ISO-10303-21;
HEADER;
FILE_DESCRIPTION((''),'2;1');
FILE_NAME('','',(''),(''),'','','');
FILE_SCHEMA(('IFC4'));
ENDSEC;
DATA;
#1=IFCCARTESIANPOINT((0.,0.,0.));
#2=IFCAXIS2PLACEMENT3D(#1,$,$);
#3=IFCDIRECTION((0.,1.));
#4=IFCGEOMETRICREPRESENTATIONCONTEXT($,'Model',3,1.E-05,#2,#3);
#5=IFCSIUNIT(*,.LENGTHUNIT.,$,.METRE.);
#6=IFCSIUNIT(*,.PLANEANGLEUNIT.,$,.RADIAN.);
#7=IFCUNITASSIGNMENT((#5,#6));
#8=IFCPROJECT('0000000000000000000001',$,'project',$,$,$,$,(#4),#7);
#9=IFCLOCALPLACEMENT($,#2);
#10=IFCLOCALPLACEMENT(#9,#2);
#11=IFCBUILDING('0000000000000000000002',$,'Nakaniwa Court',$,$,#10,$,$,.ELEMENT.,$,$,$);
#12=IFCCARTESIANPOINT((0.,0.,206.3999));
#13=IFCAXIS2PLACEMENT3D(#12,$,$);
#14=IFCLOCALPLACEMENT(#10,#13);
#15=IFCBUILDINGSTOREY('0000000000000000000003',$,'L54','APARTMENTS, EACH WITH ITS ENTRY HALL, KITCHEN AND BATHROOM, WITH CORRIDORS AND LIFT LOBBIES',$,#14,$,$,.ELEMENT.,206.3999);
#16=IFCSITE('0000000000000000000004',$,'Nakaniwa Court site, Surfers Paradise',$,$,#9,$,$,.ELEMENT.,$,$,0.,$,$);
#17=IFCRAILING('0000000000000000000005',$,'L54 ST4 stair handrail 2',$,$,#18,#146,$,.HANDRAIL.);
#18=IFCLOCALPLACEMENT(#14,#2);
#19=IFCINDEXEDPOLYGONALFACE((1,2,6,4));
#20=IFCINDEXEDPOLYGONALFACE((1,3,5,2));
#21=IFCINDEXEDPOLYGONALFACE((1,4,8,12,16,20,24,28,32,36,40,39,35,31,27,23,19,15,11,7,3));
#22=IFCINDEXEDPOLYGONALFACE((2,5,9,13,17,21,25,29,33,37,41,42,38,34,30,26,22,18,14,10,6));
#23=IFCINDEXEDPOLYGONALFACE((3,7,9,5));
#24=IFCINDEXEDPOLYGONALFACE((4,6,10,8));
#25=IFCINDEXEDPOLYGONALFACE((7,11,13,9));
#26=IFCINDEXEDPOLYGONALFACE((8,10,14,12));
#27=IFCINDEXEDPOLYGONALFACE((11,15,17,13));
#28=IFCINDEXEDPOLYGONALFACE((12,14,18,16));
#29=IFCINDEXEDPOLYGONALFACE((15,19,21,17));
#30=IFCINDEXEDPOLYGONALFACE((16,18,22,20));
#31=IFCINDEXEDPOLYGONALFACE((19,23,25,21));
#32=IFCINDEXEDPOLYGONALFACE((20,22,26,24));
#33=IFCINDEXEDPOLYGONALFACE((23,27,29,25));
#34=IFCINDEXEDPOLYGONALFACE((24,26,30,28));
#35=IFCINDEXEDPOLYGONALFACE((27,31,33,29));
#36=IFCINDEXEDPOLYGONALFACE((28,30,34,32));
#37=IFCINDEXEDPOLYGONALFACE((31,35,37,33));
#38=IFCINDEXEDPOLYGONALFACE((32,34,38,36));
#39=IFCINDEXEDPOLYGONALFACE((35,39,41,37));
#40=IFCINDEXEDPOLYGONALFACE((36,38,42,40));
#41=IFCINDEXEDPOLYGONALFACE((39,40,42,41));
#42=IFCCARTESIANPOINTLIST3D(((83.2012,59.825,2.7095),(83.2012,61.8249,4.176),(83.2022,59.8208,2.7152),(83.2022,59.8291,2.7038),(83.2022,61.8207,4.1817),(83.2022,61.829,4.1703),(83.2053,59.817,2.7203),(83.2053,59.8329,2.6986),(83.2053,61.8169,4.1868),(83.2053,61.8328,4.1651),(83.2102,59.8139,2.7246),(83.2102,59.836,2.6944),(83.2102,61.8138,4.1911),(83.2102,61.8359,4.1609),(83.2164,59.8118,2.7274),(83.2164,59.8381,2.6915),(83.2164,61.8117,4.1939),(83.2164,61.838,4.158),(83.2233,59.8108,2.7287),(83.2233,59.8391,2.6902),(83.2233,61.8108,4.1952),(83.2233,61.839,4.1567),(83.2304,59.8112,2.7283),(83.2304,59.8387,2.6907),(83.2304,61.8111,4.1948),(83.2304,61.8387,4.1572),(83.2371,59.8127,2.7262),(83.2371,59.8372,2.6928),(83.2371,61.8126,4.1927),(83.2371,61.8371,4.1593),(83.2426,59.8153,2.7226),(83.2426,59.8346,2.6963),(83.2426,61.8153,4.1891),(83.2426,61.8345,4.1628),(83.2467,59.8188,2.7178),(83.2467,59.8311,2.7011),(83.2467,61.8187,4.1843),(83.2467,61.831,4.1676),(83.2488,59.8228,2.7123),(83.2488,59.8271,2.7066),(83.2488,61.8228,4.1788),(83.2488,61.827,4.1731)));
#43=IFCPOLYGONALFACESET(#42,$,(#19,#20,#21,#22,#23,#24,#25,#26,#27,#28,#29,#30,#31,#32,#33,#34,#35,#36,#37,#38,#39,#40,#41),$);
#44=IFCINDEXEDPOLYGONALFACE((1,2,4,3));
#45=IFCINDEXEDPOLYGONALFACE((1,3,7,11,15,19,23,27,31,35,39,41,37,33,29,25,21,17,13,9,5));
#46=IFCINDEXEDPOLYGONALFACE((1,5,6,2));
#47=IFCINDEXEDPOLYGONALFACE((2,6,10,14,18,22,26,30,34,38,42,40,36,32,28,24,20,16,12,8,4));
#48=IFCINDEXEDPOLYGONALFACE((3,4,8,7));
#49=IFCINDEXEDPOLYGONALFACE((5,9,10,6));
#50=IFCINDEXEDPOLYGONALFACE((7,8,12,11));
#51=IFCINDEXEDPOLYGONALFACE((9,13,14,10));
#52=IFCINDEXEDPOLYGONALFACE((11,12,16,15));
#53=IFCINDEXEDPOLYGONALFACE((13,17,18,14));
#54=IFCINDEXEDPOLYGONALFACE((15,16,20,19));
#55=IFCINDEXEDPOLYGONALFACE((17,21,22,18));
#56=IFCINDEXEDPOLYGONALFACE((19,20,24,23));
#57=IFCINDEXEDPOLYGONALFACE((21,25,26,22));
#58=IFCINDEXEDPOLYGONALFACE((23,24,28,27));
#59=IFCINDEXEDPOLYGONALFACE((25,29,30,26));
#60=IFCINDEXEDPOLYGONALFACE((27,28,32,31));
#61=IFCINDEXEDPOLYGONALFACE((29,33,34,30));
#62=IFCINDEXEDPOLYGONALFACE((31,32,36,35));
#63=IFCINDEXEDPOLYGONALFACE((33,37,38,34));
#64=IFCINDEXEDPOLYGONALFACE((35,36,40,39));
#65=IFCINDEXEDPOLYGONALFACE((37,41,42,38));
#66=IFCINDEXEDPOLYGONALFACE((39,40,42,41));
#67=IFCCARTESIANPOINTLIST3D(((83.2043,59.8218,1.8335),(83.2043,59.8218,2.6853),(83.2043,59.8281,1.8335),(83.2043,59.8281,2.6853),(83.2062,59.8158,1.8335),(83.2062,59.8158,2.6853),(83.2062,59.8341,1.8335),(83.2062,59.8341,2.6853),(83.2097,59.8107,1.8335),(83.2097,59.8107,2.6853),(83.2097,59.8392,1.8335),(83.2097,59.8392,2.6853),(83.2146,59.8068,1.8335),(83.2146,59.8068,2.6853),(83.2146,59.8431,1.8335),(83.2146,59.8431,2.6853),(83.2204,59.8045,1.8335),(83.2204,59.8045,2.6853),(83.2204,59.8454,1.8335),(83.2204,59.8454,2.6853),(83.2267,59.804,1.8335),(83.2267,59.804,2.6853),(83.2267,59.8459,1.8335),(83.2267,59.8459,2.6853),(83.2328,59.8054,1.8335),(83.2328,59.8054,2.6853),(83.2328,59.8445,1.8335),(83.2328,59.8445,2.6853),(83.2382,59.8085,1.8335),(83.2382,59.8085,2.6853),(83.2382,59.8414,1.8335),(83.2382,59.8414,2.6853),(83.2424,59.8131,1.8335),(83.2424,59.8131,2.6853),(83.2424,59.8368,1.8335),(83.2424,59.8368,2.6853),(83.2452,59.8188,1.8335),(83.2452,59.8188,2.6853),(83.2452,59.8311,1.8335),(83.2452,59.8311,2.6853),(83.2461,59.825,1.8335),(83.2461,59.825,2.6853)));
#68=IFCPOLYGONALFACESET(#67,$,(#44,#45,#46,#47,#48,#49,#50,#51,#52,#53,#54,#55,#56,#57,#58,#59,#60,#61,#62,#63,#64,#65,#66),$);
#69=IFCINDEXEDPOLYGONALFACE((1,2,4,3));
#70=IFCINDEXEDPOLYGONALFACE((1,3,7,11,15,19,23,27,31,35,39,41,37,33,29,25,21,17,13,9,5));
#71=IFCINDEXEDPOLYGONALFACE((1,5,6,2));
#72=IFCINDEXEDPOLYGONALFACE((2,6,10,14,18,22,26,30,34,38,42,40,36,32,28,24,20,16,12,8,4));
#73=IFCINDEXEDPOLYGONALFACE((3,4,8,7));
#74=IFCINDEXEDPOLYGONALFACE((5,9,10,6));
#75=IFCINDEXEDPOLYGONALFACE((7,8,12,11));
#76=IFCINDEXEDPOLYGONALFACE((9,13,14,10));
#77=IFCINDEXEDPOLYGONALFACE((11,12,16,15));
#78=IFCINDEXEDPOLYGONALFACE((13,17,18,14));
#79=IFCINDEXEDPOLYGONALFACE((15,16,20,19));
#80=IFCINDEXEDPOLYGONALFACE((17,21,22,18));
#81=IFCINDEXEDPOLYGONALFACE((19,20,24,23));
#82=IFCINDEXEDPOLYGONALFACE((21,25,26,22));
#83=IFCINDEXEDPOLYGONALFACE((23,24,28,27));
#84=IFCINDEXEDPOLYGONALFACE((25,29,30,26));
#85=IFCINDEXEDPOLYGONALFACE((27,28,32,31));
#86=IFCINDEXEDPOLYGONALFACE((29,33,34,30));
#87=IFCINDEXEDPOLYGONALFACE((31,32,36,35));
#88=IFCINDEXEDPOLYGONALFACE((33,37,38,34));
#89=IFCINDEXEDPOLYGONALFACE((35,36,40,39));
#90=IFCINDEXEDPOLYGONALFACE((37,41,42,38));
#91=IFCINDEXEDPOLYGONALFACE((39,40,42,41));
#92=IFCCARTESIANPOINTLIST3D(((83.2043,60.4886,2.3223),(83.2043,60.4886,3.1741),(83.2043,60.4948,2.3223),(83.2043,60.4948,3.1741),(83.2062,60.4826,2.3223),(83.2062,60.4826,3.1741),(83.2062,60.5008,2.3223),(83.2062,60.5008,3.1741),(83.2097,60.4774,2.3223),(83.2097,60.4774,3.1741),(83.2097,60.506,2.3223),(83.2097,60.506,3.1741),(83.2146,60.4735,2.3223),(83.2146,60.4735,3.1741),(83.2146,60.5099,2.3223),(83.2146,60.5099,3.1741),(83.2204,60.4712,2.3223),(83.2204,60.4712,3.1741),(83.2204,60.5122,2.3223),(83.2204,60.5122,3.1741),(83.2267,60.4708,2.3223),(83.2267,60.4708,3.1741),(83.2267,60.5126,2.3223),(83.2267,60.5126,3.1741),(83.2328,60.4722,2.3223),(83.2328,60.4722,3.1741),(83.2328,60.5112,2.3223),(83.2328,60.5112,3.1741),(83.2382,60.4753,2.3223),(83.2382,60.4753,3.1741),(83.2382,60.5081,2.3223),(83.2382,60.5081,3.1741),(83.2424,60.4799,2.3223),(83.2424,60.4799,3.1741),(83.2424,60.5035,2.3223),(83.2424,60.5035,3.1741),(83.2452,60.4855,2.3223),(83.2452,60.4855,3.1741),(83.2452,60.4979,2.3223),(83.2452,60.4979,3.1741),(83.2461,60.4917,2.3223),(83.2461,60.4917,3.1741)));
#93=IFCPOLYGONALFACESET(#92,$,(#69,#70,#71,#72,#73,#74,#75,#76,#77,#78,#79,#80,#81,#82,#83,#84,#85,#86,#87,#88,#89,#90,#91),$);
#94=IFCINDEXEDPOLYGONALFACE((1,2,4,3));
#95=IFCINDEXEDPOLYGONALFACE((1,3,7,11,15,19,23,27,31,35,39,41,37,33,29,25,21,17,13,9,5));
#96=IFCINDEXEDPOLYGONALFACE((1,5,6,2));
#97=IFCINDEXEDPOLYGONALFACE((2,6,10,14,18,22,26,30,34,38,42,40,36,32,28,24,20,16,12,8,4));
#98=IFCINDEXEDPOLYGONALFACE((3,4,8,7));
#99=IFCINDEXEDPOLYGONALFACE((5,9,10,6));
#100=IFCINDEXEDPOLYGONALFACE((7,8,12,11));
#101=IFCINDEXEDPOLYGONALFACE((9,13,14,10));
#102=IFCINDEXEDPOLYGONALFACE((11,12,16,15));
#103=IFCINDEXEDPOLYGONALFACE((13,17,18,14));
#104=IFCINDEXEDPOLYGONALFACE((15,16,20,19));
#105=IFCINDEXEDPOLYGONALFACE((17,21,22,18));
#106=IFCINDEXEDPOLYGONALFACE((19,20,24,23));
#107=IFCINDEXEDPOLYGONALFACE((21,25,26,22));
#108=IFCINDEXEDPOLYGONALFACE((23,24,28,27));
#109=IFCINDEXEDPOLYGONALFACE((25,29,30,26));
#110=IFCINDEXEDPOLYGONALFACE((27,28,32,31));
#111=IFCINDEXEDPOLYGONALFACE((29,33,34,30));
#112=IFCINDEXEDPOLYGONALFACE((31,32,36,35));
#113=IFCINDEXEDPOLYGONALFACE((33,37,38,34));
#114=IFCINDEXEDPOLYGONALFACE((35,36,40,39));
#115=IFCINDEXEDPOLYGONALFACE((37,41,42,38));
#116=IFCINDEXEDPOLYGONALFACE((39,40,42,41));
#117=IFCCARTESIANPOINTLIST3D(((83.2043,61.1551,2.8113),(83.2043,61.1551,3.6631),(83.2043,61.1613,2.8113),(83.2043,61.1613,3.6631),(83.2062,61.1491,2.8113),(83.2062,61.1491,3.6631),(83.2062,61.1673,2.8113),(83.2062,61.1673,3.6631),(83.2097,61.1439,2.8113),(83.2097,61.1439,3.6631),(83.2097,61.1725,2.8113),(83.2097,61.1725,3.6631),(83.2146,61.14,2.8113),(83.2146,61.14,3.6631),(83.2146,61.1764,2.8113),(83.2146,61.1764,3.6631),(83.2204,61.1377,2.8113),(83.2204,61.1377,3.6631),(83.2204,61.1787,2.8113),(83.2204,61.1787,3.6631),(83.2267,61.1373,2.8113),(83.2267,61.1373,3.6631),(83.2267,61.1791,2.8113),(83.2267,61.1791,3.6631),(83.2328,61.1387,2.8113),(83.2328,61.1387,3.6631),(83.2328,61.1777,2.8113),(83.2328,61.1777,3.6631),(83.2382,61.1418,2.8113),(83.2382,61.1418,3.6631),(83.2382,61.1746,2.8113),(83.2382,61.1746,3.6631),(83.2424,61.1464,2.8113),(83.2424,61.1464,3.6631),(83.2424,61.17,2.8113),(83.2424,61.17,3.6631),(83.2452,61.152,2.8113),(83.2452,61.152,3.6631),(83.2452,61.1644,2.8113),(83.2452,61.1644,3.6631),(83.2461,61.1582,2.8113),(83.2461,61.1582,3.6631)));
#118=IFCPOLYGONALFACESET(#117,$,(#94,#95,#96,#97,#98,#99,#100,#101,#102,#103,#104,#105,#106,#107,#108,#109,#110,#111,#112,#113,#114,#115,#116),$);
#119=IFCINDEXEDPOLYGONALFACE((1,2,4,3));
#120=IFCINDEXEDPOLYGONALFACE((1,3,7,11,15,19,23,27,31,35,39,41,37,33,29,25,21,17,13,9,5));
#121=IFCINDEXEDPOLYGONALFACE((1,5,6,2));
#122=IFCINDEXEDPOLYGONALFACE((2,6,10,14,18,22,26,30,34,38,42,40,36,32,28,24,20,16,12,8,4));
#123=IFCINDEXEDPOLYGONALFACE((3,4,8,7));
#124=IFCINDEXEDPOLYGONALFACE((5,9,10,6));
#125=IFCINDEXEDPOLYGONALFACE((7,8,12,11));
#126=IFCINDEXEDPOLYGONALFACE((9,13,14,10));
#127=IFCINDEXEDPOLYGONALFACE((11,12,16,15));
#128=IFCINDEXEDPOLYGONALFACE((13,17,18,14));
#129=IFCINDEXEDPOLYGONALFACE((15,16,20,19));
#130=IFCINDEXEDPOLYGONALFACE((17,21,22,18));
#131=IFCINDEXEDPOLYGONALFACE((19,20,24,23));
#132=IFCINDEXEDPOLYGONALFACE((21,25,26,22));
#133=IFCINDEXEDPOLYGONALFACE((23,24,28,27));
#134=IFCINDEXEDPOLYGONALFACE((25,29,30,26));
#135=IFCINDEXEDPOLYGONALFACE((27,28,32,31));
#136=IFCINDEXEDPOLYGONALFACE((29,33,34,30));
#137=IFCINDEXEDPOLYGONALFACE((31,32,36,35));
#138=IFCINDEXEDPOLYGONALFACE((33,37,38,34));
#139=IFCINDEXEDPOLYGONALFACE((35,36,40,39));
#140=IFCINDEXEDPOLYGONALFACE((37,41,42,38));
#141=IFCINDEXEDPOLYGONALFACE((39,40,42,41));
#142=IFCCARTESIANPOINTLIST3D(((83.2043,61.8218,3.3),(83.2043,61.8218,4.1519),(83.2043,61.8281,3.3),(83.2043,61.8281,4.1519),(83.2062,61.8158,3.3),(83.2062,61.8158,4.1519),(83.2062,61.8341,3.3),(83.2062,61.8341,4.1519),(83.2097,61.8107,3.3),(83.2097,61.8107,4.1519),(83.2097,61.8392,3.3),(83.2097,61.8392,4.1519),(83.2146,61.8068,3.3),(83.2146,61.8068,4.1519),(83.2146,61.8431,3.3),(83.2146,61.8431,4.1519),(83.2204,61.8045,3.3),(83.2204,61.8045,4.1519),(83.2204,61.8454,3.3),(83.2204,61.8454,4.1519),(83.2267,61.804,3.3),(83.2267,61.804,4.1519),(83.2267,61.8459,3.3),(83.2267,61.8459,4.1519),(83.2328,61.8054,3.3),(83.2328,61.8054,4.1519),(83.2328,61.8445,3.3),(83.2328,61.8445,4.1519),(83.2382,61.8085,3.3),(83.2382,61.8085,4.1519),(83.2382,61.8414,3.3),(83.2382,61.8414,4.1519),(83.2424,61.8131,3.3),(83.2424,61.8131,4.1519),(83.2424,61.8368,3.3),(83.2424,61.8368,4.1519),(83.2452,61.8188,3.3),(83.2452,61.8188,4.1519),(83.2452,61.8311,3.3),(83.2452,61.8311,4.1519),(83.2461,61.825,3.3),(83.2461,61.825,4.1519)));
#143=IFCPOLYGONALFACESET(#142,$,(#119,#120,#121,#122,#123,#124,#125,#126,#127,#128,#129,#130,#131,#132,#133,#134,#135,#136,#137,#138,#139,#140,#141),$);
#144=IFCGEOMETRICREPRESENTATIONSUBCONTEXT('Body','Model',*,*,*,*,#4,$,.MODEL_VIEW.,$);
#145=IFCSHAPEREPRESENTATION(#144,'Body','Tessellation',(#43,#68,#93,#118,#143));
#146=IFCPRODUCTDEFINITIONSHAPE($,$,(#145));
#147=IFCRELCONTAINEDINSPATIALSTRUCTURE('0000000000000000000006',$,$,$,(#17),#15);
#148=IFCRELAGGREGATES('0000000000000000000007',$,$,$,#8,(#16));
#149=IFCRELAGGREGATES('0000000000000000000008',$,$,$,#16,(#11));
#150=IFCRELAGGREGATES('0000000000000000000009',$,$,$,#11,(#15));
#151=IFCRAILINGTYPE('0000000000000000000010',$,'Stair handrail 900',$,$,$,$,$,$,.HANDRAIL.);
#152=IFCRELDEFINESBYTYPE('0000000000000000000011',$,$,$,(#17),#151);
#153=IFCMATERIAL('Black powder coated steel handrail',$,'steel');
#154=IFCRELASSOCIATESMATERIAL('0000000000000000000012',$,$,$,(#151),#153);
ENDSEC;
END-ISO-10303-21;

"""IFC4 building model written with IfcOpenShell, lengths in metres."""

from ifc_helpers import new_model, si_unit, direction, frame, origin, origin_2d, place, context, subcontext, project, spatial, circle, extrude, material, type_object, element, save


model = new_model("IFC4")

# Units and contexts
model_context = context("Model", 3, precision=1e-05, world=origin(), true_north=direction((0.0, 1.0)))
body_context = subcontext(model_context, "Body", "Model", "MODEL_VIEW")
ifc_project = project(units=[si_unit("LENGTHUNIT", "METRE"), si_unit("PLANEANGLEUNIT", "RADIAN")], contexts=[model_context])

# Site, building, storey
site_placement = place(None, origin())
site = spatial("IfcSite", under=ifc_project, at=site_placement, Name="Nakaniwa Court site, Surfers Paradise", CompositionType="ELEMENT", RefElevation=0.0)
building_placement = place(site_placement, origin())
building = spatial("IfcBuilding", under=site, at=building_placement, Name="Nakaniwa Court", CompositionType="ELEMENT")
storey_placement = place(building_placement, frame((0.0, 0.0, 206.3999)))
storey = spatial("IfcBuildingStorey", under=building, at=storey_placement, Name="L54", Description="APARTMENTS, EACH WITH ITS ENTRY HALL, KITCHEN AND BATHROOM, WITH CORRIDORS AND LIFT LOBBIES", CompositionType="ELEMENT", Elevation=206.3999)

# Railing
ifc_material_1 = material(Name="Black powder coated steel handrail", Category="steel")
railing_type_1 = type_object("IfcRailingType", Name="Stair handrail 900", PredefinedType="HANDRAIL", material=ifc_material_1)
railing_1_placement = place(storey_placement, frame((83.2251, 59.825, 1.8335)))
element("IfcRailing", 1, at=railing_1_placement, inside=storey, type_object=railing_type_1, Name="L54 ST4 stair handrail 2", PredefinedType="HANDRAIL", context=body_context, shape_type="SweptSolid", body=[
    extrude(circle(Radius=0.0239, at=origin_2d()), frame((0.0, 0.0, 0.876), z_axis=(0.0, 0.806427, 0.591334), x_axis=(-1.0, 0.0, 0.0)), (0.0, 0.0, 1.0), 2.48),
    extrude(circle(Radius=0.021, at=origin_2d()), origin(), (0.0, 0.0, 1.0), 0.8518),
    extrude(circle(Radius=0.021, at=origin_2d()), frame((0.0, 0.6667, 0.4888)), (0.0, 0.0, 1.0), 0.8518),
    extrude(circle(Radius=0.021, at=origin_2d()), frame((0.0, 1.3333, 0.9778)), (0.0, 0.0, 1.0), 0.8518),
    extrude(circle(Radius=0.021, at=origin_2d()), frame((0.0, 2.0, 1.4666)), (0.0, 0.0, 1.0), 0.8518),
])

save(model, "model.ifc")
